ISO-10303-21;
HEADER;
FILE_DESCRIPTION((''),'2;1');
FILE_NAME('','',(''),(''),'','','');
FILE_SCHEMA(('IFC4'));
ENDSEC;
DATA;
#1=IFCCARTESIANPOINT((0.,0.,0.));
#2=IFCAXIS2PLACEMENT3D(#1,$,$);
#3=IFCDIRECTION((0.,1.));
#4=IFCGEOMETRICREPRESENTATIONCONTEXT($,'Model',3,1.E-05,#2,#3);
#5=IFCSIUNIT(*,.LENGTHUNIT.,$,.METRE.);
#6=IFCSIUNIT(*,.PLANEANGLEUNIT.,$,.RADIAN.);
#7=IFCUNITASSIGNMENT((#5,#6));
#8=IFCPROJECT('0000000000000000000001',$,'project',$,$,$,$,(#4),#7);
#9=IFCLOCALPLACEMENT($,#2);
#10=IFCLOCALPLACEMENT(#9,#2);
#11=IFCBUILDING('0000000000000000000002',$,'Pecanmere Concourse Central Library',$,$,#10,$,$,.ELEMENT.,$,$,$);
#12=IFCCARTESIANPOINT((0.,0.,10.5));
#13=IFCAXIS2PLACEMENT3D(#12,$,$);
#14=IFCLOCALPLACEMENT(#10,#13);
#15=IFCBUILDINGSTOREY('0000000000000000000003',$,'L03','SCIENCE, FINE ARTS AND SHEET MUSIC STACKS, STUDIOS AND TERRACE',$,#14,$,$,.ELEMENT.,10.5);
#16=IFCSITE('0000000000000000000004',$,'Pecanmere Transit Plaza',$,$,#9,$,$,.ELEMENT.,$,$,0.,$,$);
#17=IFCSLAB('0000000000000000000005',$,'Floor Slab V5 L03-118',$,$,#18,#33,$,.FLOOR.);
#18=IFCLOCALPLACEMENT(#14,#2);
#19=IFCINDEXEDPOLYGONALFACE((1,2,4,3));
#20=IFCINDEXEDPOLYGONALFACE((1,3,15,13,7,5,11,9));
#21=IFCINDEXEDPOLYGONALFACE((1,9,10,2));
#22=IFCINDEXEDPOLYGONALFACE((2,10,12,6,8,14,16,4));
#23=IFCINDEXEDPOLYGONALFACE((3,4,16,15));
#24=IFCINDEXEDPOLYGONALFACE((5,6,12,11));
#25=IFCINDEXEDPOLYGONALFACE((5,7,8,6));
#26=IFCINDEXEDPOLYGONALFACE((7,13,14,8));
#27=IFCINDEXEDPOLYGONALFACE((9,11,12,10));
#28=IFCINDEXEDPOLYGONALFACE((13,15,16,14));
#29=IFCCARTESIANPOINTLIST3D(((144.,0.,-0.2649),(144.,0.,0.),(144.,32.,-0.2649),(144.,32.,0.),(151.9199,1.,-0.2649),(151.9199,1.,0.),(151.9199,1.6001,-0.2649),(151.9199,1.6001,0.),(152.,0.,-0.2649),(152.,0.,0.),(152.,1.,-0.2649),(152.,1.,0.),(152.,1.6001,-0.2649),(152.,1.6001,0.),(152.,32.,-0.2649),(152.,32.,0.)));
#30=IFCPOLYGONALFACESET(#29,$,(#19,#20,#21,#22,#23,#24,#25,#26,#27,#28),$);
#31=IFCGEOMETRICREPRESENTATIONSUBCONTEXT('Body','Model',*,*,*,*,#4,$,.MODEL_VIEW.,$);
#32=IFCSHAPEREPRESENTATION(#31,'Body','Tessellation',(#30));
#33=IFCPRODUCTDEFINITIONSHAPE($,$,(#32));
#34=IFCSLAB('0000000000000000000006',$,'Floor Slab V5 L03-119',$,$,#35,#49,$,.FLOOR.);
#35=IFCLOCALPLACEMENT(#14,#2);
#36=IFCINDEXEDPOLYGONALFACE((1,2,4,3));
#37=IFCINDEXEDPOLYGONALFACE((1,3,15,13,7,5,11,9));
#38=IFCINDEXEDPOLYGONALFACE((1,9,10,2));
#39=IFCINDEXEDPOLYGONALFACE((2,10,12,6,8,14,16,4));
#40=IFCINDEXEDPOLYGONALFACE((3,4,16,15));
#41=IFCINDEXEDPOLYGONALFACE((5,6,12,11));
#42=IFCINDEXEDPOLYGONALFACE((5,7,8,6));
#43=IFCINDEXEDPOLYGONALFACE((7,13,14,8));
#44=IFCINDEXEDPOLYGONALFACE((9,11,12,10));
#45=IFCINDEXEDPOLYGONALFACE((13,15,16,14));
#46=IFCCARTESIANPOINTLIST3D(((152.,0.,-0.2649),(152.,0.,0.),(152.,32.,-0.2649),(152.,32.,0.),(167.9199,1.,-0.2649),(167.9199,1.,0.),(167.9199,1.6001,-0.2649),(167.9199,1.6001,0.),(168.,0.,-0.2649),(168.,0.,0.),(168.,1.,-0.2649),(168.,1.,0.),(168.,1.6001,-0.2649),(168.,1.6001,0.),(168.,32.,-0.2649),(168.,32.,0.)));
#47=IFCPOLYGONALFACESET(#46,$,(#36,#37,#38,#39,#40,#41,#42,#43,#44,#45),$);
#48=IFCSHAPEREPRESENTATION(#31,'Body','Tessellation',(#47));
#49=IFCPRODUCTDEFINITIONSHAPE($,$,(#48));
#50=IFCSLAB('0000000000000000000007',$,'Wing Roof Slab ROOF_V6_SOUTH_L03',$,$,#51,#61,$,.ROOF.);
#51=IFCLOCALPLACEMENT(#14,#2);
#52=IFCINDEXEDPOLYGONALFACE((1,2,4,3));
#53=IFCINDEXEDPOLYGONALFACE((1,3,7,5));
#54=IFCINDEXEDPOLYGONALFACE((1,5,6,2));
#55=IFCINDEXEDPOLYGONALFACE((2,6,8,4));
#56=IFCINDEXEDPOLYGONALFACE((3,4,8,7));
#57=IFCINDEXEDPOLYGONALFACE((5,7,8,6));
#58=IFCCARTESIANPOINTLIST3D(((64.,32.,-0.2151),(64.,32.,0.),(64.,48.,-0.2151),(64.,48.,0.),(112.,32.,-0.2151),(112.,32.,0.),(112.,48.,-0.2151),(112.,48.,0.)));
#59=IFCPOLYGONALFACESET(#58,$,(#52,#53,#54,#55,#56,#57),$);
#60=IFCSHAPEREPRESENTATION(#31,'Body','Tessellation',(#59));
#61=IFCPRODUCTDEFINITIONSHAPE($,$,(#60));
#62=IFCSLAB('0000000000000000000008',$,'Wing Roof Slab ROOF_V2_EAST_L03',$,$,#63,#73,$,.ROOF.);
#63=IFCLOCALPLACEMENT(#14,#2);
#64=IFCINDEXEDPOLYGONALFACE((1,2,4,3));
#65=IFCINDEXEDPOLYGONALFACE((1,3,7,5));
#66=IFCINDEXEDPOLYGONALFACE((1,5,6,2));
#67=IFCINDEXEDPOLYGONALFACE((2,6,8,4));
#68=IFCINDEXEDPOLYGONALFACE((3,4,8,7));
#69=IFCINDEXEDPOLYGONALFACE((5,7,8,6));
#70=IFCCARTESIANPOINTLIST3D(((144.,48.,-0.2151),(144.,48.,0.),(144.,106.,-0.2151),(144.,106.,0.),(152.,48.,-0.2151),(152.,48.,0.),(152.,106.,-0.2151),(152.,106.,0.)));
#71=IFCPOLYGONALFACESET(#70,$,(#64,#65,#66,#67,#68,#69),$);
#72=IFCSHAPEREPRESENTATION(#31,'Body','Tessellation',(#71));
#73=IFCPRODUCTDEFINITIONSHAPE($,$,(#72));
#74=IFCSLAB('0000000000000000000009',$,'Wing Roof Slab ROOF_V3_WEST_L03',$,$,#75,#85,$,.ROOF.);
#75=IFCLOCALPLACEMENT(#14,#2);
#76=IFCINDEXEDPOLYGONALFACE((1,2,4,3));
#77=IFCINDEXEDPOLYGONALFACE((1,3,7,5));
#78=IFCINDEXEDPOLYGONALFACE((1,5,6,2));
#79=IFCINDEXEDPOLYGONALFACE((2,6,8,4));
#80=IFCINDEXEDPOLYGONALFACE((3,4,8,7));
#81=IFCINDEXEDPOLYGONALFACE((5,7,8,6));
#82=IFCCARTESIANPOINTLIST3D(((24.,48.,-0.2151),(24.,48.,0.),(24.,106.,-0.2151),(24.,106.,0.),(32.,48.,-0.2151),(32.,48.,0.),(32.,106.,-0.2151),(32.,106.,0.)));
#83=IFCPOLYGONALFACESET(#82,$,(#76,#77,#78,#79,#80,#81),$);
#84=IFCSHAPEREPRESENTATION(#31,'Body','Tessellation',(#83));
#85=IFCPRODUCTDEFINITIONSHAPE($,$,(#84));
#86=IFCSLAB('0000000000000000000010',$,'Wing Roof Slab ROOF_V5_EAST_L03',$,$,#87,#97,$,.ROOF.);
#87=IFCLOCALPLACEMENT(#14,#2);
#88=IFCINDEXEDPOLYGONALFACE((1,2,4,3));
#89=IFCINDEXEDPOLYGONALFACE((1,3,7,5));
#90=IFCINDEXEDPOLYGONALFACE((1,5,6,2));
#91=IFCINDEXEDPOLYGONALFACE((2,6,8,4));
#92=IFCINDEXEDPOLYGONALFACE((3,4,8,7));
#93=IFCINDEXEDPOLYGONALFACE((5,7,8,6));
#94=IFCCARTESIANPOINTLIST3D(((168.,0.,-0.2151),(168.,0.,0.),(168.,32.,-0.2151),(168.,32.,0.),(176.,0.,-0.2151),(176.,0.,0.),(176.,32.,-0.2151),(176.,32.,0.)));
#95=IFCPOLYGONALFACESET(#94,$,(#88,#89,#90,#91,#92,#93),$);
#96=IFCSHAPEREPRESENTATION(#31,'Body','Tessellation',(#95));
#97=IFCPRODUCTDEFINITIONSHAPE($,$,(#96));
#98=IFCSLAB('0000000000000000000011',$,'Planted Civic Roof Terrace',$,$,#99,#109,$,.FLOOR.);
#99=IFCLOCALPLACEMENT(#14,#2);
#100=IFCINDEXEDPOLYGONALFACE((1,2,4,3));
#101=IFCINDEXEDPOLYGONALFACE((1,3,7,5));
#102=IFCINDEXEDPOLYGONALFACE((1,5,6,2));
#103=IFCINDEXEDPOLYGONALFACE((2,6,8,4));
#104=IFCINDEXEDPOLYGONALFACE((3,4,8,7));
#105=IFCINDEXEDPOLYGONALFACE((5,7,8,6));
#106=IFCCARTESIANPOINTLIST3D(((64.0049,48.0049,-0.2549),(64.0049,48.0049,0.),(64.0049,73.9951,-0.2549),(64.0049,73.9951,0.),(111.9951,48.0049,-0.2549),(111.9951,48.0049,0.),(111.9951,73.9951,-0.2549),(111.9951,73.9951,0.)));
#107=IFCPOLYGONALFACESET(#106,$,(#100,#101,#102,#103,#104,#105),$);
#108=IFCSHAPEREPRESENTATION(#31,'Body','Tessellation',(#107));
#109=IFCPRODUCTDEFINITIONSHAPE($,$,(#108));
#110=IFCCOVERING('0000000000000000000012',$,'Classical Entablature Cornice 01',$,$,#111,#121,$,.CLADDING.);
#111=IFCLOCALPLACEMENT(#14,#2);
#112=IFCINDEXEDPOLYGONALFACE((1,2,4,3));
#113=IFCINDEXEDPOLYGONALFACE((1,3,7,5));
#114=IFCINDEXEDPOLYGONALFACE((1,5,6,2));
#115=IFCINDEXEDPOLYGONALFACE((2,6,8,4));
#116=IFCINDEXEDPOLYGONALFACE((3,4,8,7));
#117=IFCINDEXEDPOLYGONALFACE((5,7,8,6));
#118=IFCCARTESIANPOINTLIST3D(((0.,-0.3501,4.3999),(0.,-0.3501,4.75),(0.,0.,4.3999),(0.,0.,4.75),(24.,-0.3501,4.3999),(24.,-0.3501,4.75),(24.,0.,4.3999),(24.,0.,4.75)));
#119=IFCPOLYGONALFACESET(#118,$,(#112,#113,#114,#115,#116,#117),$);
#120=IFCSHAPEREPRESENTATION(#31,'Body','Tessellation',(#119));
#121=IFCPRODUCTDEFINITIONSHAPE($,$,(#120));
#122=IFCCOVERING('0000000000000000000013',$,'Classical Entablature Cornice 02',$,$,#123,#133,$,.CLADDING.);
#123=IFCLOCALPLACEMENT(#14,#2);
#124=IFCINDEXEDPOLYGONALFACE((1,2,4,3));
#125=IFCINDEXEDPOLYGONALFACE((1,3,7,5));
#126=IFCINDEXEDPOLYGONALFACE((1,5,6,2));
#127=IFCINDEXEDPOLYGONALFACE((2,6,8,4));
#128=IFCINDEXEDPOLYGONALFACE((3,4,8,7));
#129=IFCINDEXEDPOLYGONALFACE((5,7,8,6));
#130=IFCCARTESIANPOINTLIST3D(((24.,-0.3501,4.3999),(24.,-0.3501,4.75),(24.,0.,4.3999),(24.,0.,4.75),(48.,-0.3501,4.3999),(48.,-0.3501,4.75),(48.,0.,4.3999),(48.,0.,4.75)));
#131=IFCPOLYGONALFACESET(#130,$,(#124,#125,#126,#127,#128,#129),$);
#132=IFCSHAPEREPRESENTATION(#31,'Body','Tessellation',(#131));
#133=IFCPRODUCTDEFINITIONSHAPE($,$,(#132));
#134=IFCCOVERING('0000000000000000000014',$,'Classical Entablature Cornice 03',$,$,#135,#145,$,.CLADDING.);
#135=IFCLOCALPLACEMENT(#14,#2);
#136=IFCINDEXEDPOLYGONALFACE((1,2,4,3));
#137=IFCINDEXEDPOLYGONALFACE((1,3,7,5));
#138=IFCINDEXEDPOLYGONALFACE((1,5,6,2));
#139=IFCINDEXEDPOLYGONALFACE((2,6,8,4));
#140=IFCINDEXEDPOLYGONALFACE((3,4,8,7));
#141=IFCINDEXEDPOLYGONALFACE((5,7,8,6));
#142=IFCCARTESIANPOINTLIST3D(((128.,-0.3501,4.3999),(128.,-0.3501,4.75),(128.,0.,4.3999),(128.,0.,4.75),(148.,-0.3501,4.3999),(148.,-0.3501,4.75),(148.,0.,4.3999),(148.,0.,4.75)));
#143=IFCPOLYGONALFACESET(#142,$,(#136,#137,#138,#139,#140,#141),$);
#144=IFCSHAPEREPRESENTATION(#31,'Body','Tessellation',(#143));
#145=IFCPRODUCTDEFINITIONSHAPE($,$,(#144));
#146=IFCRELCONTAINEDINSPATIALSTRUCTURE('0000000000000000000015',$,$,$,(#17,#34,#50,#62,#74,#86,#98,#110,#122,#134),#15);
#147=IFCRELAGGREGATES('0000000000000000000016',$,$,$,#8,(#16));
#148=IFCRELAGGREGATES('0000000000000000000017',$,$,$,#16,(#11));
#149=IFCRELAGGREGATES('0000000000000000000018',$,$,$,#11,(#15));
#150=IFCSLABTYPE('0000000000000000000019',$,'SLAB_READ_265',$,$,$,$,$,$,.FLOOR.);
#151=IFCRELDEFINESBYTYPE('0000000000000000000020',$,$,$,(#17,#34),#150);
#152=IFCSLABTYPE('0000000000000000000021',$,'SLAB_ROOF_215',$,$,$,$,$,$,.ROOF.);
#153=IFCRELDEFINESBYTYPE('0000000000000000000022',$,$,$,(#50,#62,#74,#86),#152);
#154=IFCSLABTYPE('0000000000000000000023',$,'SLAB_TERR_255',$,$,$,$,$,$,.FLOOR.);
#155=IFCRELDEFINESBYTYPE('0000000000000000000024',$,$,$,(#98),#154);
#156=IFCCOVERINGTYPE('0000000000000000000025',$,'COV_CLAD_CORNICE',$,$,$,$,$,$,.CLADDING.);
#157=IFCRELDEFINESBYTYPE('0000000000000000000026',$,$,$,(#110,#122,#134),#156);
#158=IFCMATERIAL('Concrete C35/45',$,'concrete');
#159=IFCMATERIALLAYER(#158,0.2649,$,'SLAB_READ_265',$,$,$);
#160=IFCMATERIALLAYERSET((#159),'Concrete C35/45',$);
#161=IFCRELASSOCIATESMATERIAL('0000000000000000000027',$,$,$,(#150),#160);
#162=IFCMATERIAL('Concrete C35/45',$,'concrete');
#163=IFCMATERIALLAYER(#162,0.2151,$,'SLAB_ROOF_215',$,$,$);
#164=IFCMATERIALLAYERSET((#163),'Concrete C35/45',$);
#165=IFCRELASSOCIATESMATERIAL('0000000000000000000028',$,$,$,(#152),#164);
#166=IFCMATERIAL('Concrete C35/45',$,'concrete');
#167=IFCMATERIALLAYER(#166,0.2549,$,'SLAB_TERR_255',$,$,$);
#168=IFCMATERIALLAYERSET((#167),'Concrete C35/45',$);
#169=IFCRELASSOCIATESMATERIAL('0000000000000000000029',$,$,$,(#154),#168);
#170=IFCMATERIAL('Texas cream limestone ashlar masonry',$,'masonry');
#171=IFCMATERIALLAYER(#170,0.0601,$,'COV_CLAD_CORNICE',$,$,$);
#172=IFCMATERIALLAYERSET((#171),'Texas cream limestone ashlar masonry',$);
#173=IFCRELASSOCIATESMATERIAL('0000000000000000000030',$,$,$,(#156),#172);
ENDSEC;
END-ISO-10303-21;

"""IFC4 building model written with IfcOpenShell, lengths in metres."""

from ifc_helpers import new_model, si_unit, direction, frame, origin, place, context, subcontext, project, spatial, polyline, outline, extrude, material, layer, layer_set, type_object, element, save


model = new_model("IFC4")

# Units and contexts
model_context = context("Model", 3, precision=1e-05, world=origin(), true_north=direction((0.0, 1.0)))
body_context = subcontext(model_context, "Body", "Model", "MODEL_VIEW")
ifc_project = project(units=[si_unit("LENGTHUNIT", "METRE"), si_unit("PLANEANGLEUNIT", "RADIAN")], contexts=[model_context])

# Site, building, storey
site_placement = place(None, origin())
site = spatial("IfcSite", under=ifc_project, at=site_placement, Name="Pecanmere Transit Plaza", CompositionType="ELEMENT", RefElevation=0.0)
building_placement = place(site_placement, origin())
building = spatial("IfcBuilding", under=site, at=building_placement, Name="Pecanmere Concourse Central Library", CompositionType="ELEMENT")
storey_placement = place(building_placement, frame((0.0, 0.0, 10.5)))
storey = spatial("IfcBuildingStorey", under=building, at=storey_placement, Name="L03", Description="SCIENCE, FINE ARTS AND SHEET MUSIC STACKS, STUDIOS AND TERRACE", CompositionType="ELEMENT", Elevation=10.5)

# Slabs
ifc_material_1 = material(Name="Concrete C35/45", Category="concrete")
ifc_layer_1 = layer(ifc_material_1, 0.2649, Name="SLAB_READ_265")
ifc_layer_set_1 = layer_set([ifc_layer_1], Name="Concrete C35/45")
slab_type_1 = type_object("IfcSlabType", Name="SLAB_READ_265", PredefinedType="FLOOR", material=ifc_layer_set_1)
slab_1_placement = place(storey_placement, frame((0.0, 0.0, -0.2649)))
element("IfcSlab", 1, at=slab_1_placement, inside=storey, type_object=slab_type_1, Name="Floor Slab V5 L03-118", PredefinedType="FLOOR", context=body_context, shape_type="SweptSolid", body=[
    extrude(outline(polyline([(144.0, 32.0), (152.0, 32.0), (152.0, 1.6001), (151.9199, 1.6001), (151.9199, 1.0), (152.0, 1.0), (152.0, 0.0), (144.0, 0.0), (144.0, 32.0)])), origin(), (0.0, 0.0, 1.0), 0.2649),
])
slab_2_placement = place(storey_placement, frame((0.0, 0.0, -0.2649)))
element("IfcSlab", 2, at=slab_2_placement, inside=storey, type_object=slab_type_1, Name="Floor Slab V5 L03-119", PredefinedType="FLOOR", context=body_context, shape_type="SweptSolid", body=[
    extrude(outline(polyline([(152.0, 32.0), (168.0, 32.0), (168.0, 1.6001), (167.9199, 1.6001), (167.9199, 1.0), (168.0, 1.0), (168.0, 0.0), (152.0, 0.0), (152.0, 32.0)])), origin(), (0.0, 0.0, 1.0), 0.2649),
])
ifc_material_2 = material(Name="Concrete C35/45", Category="concrete")
ifc_layer_2 = layer(ifc_material_2, 0.2151, Name="SLAB_ROOF_215")
ifc_layer_set_2 = layer_set([ifc_layer_2], Name="Concrete C35/45")
slab_type_2 = type_object("IfcSlabType", Name="SLAB_ROOF_215", PredefinedType="ROOF", material=ifc_layer_set_2)
slab_3_placement = place(storey_placement, frame((0.0, 0.0, -0.2151)))
element("IfcSlab", 3, at=slab_3_placement, inside=storey, type_object=slab_type_2, Name="Wing Roof Slab ROOF_V6_SOUTH_L03", PredefinedType="ROOF", context=body_context, shape_type="SweptSolid", body=[
    extrude(outline(polyline([(112.0, 32.0), (112.0, 48.0), (64.0, 48.0), (64.0, 32.0), (112.0, 32.0)])), origin(), (0.0, 0.0, 1.0), 0.2151),
])
slab_4_placement = place(storey_placement, frame((0.0, 0.0, -0.2151)))
element("IfcSlab", 4, at=slab_4_placement, inside=storey, type_object=slab_type_2, Name="Wing Roof Slab ROOF_V2_EAST_L03", PredefinedType="ROOF", context=body_context, shape_type="SweptSolid", body=[
    extrude(outline(polyline([(152.0, 48.0), (152.0, 106.0), (144.0, 106.0), (144.0, 48.0), (152.0, 48.0)])), origin(), (0.0, 0.0, 1.0), 0.2151),
])
slab_5_placement = place(storey_placement, frame((0.0, 0.0, -0.2151)))
element("IfcSlab", 5, at=slab_5_placement, inside=storey, type_object=slab_type_2, Name="Wing Roof Slab ROOF_V3_WEST_L03", PredefinedType="ROOF", context=body_context, shape_type="SweptSolid", body=[
    extrude(outline(polyline([(32.0, 48.0), (32.0, 106.0), (24.0, 106.0), (24.0, 48.0), (32.0, 48.0)])), origin(), (0.0, 0.0, 1.0), 0.2151),
])
slab_6_placement = place(storey_placement, frame((0.0, 0.0, -0.2151)))
element("IfcSlab", 6, at=slab_6_placement, inside=storey, type_object=slab_type_2, Name="Wing Roof Slab ROOF_V5_EAST_L03", PredefinedType="ROOF", context=body_context, shape_type="SweptSolid", body=[
    extrude(outline(polyline([(176.0, 0.0), (176.0, 32.0), (168.0, 32.0), (168.0, 0.0), (176.0, 0.0)])), origin(), (0.0, 0.0, 1.0), 0.2151),
])
ifc_material_3 = material(Name="Concrete C35/45", Category="concrete")
ifc_layer_3 = layer(ifc_material_3, 0.2549, Name="SLAB_TERR_255")
ifc_layer_set_3 = layer_set([ifc_layer_3], Name="Concrete C35/45")
slab_type_3 = type_object("IfcSlabType", Name="SLAB_TERR_255", PredefinedType="FLOOR", material=ifc_layer_set_3)
slab_7_placement = place(storey_placement, frame((0.0, 0.0, -0.2549)))
element("IfcSlab", 7, at=slab_7_placement, inside=storey, type_object=slab_type_3, Name="Planted Civic Roof Terrace", PredefinedType="FLOOR", context=body_context, shape_type="SweptSolid", body=[
    extrude(outline(polyline([(111.9951, 48.0049), (64.0049, 48.0049), (64.0049, 73.9951), (111.9951, 73.9951), (111.9951, 48.0049)])), origin(), (0.0, 0.0, 1.0), 0.2549),
])

# Coverings
ifc_material_4 = material(Name="Texas cream limestone ashlar masonry", Category="masonry")
ifc_layer_4 = layer(ifc_material_4, 0.0601, Name="COV_CLAD_CORNICE")
ifc_layer_set_4 = layer_set([ifc_layer_4], Name="Texas cream limestone ashlar masonry")
covering_type = type_object("IfcCoveringType", Name="COV_CLAD_CORNICE", PredefinedType="CLADDING", material=ifc_layer_set_4)
covering_1_placement = place(storey_placement, frame((0.0, 0.0, 4.3999)))
element("IfcCovering", 8, at=covering_1_placement, inside=storey, type_object=covering_type, Name="Classical Entablature Cornice 01", PredefinedType="CLADDING", context=body_context, shape_type="SweptSolid", body=[
    extrude(outline(polyline([(0.0, -0.3501), (24.0, -0.3501), (24.0, 0.0), (0.0, 0.0), (0.0, -0.3501)])), origin(), (0.0, 0.0, 1.0), 0.3501),
])
covering_2_placement = place(storey_placement, frame((0.0, 0.0, 4.3999)))
element("IfcCovering", 9, at=covering_2_placement, inside=storey, type_object=covering_type, Name="Classical Entablature Cornice 02", PredefinedType="CLADDING", context=body_context, shape_type="SweptSolid", body=[
    extrude(outline(polyline([(24.0, -0.3501), (48.0, -0.3501), (48.0, 0.0), (24.0, 0.0), (24.0, -0.3501)])), origin(), (0.0, 0.0, 1.0), 0.3501),
])
covering_3_placement = place(storey_placement, frame((0.0, 0.0, 4.3999)))
element("IfcCovering", 10, at=covering_3_placement, inside=storey, type_object=covering_type, Name="Classical Entablature Cornice 03", PredefinedType="CLADDING", context=body_context, shape_type="SweptSolid", body=[
    extrude(outline(polyline([(128.0, -0.3501), (148.0, -0.3501), (148.0, 0.0), (128.0, 0.0), (128.0, -0.3501)])), origin(), (0.0, 0.0, 1.0), 0.3501),
])

save(model, "model.ifc")
